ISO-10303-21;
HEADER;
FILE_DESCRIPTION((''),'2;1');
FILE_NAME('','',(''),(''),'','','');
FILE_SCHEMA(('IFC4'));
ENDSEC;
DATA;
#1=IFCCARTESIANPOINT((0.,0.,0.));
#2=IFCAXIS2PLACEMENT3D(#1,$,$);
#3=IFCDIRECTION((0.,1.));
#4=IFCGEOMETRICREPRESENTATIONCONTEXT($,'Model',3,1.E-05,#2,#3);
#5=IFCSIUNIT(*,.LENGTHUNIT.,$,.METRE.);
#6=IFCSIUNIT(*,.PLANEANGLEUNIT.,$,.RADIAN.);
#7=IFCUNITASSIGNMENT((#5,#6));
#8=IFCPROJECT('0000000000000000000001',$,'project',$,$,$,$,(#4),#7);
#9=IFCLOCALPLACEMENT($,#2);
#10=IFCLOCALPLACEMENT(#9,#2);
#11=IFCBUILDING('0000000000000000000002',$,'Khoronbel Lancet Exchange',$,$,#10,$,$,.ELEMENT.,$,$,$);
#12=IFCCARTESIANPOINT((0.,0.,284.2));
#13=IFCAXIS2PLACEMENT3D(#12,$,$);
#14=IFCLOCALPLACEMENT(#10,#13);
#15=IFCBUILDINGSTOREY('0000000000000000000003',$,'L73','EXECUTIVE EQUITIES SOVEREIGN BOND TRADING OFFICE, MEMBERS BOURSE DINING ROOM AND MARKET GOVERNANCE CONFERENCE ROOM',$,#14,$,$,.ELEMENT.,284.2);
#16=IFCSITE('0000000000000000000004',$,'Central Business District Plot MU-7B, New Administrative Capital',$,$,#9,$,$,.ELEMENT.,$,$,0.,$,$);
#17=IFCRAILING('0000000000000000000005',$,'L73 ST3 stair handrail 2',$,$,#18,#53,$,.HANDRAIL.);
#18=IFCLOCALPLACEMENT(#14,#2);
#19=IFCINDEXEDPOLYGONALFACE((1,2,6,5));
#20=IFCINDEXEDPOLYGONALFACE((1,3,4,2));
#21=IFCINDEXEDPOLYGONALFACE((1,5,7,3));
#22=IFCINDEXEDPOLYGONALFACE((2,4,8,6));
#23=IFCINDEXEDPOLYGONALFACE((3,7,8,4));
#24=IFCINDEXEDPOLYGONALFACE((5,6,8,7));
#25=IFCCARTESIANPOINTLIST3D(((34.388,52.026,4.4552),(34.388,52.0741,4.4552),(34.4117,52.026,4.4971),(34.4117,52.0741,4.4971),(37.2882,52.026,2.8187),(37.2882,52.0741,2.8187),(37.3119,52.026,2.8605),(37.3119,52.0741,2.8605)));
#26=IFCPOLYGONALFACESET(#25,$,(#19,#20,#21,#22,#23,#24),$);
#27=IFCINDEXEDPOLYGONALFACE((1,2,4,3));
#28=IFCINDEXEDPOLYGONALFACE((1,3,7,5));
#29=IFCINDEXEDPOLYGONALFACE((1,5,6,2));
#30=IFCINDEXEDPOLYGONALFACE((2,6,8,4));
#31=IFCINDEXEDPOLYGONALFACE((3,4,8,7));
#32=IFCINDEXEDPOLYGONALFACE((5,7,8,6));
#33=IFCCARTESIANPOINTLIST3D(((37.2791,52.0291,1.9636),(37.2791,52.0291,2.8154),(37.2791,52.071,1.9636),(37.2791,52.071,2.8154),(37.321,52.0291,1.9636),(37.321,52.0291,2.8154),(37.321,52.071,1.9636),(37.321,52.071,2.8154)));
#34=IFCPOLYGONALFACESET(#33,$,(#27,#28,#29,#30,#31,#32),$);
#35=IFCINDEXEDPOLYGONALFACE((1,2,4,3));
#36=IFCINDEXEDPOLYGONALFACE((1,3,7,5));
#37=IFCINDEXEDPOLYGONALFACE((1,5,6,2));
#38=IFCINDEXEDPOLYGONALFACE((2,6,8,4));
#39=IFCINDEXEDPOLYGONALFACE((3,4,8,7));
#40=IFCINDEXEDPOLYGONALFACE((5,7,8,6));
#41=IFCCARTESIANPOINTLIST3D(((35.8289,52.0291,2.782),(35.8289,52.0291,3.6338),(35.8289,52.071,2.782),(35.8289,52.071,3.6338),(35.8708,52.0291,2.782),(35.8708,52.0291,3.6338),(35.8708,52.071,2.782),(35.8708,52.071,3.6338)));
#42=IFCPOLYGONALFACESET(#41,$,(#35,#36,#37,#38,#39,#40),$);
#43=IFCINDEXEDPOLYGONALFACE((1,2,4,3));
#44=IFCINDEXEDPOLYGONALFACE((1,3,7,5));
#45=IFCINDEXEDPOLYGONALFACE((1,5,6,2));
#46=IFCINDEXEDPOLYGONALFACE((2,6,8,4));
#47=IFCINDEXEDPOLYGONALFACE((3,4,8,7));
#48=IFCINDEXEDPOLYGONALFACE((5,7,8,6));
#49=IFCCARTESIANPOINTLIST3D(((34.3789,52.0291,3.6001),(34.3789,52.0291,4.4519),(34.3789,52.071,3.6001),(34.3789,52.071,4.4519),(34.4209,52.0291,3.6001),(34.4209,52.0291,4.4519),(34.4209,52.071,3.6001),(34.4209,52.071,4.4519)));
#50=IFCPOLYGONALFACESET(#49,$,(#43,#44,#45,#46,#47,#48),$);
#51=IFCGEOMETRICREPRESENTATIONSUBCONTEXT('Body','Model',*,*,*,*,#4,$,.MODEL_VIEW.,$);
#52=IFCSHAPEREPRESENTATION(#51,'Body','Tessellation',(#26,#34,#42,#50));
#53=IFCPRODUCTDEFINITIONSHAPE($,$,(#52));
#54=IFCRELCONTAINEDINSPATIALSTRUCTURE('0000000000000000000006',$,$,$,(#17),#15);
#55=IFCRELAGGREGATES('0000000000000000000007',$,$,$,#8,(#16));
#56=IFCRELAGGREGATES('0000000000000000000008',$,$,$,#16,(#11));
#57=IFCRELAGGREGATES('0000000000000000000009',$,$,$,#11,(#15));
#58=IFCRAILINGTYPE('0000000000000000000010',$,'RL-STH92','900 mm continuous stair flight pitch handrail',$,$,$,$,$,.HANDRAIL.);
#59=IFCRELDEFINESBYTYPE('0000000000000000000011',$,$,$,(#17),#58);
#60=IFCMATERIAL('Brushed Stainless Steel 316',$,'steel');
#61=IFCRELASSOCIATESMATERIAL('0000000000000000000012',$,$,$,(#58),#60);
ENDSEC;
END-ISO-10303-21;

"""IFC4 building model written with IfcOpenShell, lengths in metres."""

from ifc_helpers import new_model, si_unit, direction, frame, origin, origin_2d, place, context, subcontext, project, spatial, rectangle, extrude, material, type_object, element, save


model = new_model("IFC4")

# Units and contexts
model_context = context("Model", 3, precision=1e-05, world=origin(), true_north=direction((0.0, 1.0)))
body_context = subcontext(model_context, "Body", "Model", "MODEL_VIEW")
ifc_project = project(units=[si_unit("LENGTHUNIT", "METRE"), si_unit("PLANEANGLEUNIT", "RADIAN")], contexts=[model_context])

# Site, building, storey
site_placement = place(None, origin())
site = spatial("IfcSite", under=ifc_project, at=site_placement, Name="Central Business District Plot MU-7B, New Administrative Capital", CompositionType="ELEMENT", RefElevation=0.0)
building_placement = place(site_placement, origin())
building = spatial("IfcBuilding", under=site, at=building_placement, Name="Khoronbel Lancet Exchange", CompositionType="ELEMENT")
storey_placement = place(building_placement, frame((0.0, 0.0, 284.2)))
storey = spatial("IfcBuildingStorey", under=building, at=storey_placement, Name="L73", Description="EXECUTIVE EQUITIES SOVEREIGN BOND TRADING OFFICE, MEMBERS BOURSE DINING ROOM AND MARKET GOVERNANCE CONFERENCE ROOM", CompositionType="ELEMENT", Elevation=284.2)

# Railing
ifc_material_1 = material(Name="Brushed Stainless Steel 316", Category="steel")
railing_type_1 = type_object("IfcRailingType", Name="RL-STH92", Description="900 mm continuous stair flight pitch handrail", PredefinedType="HANDRAIL", material=ifc_material_1)
railing_1_placement = place(storey_placement, frame((37.3, 52.05, 1.9636)))
element("IfcRailing", 1, at=railing_1_placement, inside=storey, type_object=railing_type_1, Name="L73 ST3 stair handrail 2", PredefinedType="HANDRAIL", context=body_context, shape_type="SweptSolid", body=[
    extrude(rectangle(XDim=0.0481, YDim=0.0481, at=origin_2d()), frame((0.0, 0.0, 0.876), z_axis=(-0.870915, 0.0, 0.491434), x_axis=(0.0, -1.0, 0.0)), (0.0, 0.0, 1.0), 3.3301),
    extrude(rectangle(XDim=0.042, YDim=0.042, at=origin_2d()), origin(), (0.0, 0.0, 1.0), 0.8518),
    extrude(rectangle(XDim=0.042, YDim=0.042, at=origin_2d()), frame((-1.4502, 0.0, 0.8184)), (0.0, 0.0, 1.0), 0.8518),
    extrude(rectangle(XDim=0.042, YDim=0.042, at=origin_2d()), frame((-2.9001, 0.0, 1.6365)), (0.0, 0.0, 1.0), 0.8518),
])

save(model, "model.ifc")
